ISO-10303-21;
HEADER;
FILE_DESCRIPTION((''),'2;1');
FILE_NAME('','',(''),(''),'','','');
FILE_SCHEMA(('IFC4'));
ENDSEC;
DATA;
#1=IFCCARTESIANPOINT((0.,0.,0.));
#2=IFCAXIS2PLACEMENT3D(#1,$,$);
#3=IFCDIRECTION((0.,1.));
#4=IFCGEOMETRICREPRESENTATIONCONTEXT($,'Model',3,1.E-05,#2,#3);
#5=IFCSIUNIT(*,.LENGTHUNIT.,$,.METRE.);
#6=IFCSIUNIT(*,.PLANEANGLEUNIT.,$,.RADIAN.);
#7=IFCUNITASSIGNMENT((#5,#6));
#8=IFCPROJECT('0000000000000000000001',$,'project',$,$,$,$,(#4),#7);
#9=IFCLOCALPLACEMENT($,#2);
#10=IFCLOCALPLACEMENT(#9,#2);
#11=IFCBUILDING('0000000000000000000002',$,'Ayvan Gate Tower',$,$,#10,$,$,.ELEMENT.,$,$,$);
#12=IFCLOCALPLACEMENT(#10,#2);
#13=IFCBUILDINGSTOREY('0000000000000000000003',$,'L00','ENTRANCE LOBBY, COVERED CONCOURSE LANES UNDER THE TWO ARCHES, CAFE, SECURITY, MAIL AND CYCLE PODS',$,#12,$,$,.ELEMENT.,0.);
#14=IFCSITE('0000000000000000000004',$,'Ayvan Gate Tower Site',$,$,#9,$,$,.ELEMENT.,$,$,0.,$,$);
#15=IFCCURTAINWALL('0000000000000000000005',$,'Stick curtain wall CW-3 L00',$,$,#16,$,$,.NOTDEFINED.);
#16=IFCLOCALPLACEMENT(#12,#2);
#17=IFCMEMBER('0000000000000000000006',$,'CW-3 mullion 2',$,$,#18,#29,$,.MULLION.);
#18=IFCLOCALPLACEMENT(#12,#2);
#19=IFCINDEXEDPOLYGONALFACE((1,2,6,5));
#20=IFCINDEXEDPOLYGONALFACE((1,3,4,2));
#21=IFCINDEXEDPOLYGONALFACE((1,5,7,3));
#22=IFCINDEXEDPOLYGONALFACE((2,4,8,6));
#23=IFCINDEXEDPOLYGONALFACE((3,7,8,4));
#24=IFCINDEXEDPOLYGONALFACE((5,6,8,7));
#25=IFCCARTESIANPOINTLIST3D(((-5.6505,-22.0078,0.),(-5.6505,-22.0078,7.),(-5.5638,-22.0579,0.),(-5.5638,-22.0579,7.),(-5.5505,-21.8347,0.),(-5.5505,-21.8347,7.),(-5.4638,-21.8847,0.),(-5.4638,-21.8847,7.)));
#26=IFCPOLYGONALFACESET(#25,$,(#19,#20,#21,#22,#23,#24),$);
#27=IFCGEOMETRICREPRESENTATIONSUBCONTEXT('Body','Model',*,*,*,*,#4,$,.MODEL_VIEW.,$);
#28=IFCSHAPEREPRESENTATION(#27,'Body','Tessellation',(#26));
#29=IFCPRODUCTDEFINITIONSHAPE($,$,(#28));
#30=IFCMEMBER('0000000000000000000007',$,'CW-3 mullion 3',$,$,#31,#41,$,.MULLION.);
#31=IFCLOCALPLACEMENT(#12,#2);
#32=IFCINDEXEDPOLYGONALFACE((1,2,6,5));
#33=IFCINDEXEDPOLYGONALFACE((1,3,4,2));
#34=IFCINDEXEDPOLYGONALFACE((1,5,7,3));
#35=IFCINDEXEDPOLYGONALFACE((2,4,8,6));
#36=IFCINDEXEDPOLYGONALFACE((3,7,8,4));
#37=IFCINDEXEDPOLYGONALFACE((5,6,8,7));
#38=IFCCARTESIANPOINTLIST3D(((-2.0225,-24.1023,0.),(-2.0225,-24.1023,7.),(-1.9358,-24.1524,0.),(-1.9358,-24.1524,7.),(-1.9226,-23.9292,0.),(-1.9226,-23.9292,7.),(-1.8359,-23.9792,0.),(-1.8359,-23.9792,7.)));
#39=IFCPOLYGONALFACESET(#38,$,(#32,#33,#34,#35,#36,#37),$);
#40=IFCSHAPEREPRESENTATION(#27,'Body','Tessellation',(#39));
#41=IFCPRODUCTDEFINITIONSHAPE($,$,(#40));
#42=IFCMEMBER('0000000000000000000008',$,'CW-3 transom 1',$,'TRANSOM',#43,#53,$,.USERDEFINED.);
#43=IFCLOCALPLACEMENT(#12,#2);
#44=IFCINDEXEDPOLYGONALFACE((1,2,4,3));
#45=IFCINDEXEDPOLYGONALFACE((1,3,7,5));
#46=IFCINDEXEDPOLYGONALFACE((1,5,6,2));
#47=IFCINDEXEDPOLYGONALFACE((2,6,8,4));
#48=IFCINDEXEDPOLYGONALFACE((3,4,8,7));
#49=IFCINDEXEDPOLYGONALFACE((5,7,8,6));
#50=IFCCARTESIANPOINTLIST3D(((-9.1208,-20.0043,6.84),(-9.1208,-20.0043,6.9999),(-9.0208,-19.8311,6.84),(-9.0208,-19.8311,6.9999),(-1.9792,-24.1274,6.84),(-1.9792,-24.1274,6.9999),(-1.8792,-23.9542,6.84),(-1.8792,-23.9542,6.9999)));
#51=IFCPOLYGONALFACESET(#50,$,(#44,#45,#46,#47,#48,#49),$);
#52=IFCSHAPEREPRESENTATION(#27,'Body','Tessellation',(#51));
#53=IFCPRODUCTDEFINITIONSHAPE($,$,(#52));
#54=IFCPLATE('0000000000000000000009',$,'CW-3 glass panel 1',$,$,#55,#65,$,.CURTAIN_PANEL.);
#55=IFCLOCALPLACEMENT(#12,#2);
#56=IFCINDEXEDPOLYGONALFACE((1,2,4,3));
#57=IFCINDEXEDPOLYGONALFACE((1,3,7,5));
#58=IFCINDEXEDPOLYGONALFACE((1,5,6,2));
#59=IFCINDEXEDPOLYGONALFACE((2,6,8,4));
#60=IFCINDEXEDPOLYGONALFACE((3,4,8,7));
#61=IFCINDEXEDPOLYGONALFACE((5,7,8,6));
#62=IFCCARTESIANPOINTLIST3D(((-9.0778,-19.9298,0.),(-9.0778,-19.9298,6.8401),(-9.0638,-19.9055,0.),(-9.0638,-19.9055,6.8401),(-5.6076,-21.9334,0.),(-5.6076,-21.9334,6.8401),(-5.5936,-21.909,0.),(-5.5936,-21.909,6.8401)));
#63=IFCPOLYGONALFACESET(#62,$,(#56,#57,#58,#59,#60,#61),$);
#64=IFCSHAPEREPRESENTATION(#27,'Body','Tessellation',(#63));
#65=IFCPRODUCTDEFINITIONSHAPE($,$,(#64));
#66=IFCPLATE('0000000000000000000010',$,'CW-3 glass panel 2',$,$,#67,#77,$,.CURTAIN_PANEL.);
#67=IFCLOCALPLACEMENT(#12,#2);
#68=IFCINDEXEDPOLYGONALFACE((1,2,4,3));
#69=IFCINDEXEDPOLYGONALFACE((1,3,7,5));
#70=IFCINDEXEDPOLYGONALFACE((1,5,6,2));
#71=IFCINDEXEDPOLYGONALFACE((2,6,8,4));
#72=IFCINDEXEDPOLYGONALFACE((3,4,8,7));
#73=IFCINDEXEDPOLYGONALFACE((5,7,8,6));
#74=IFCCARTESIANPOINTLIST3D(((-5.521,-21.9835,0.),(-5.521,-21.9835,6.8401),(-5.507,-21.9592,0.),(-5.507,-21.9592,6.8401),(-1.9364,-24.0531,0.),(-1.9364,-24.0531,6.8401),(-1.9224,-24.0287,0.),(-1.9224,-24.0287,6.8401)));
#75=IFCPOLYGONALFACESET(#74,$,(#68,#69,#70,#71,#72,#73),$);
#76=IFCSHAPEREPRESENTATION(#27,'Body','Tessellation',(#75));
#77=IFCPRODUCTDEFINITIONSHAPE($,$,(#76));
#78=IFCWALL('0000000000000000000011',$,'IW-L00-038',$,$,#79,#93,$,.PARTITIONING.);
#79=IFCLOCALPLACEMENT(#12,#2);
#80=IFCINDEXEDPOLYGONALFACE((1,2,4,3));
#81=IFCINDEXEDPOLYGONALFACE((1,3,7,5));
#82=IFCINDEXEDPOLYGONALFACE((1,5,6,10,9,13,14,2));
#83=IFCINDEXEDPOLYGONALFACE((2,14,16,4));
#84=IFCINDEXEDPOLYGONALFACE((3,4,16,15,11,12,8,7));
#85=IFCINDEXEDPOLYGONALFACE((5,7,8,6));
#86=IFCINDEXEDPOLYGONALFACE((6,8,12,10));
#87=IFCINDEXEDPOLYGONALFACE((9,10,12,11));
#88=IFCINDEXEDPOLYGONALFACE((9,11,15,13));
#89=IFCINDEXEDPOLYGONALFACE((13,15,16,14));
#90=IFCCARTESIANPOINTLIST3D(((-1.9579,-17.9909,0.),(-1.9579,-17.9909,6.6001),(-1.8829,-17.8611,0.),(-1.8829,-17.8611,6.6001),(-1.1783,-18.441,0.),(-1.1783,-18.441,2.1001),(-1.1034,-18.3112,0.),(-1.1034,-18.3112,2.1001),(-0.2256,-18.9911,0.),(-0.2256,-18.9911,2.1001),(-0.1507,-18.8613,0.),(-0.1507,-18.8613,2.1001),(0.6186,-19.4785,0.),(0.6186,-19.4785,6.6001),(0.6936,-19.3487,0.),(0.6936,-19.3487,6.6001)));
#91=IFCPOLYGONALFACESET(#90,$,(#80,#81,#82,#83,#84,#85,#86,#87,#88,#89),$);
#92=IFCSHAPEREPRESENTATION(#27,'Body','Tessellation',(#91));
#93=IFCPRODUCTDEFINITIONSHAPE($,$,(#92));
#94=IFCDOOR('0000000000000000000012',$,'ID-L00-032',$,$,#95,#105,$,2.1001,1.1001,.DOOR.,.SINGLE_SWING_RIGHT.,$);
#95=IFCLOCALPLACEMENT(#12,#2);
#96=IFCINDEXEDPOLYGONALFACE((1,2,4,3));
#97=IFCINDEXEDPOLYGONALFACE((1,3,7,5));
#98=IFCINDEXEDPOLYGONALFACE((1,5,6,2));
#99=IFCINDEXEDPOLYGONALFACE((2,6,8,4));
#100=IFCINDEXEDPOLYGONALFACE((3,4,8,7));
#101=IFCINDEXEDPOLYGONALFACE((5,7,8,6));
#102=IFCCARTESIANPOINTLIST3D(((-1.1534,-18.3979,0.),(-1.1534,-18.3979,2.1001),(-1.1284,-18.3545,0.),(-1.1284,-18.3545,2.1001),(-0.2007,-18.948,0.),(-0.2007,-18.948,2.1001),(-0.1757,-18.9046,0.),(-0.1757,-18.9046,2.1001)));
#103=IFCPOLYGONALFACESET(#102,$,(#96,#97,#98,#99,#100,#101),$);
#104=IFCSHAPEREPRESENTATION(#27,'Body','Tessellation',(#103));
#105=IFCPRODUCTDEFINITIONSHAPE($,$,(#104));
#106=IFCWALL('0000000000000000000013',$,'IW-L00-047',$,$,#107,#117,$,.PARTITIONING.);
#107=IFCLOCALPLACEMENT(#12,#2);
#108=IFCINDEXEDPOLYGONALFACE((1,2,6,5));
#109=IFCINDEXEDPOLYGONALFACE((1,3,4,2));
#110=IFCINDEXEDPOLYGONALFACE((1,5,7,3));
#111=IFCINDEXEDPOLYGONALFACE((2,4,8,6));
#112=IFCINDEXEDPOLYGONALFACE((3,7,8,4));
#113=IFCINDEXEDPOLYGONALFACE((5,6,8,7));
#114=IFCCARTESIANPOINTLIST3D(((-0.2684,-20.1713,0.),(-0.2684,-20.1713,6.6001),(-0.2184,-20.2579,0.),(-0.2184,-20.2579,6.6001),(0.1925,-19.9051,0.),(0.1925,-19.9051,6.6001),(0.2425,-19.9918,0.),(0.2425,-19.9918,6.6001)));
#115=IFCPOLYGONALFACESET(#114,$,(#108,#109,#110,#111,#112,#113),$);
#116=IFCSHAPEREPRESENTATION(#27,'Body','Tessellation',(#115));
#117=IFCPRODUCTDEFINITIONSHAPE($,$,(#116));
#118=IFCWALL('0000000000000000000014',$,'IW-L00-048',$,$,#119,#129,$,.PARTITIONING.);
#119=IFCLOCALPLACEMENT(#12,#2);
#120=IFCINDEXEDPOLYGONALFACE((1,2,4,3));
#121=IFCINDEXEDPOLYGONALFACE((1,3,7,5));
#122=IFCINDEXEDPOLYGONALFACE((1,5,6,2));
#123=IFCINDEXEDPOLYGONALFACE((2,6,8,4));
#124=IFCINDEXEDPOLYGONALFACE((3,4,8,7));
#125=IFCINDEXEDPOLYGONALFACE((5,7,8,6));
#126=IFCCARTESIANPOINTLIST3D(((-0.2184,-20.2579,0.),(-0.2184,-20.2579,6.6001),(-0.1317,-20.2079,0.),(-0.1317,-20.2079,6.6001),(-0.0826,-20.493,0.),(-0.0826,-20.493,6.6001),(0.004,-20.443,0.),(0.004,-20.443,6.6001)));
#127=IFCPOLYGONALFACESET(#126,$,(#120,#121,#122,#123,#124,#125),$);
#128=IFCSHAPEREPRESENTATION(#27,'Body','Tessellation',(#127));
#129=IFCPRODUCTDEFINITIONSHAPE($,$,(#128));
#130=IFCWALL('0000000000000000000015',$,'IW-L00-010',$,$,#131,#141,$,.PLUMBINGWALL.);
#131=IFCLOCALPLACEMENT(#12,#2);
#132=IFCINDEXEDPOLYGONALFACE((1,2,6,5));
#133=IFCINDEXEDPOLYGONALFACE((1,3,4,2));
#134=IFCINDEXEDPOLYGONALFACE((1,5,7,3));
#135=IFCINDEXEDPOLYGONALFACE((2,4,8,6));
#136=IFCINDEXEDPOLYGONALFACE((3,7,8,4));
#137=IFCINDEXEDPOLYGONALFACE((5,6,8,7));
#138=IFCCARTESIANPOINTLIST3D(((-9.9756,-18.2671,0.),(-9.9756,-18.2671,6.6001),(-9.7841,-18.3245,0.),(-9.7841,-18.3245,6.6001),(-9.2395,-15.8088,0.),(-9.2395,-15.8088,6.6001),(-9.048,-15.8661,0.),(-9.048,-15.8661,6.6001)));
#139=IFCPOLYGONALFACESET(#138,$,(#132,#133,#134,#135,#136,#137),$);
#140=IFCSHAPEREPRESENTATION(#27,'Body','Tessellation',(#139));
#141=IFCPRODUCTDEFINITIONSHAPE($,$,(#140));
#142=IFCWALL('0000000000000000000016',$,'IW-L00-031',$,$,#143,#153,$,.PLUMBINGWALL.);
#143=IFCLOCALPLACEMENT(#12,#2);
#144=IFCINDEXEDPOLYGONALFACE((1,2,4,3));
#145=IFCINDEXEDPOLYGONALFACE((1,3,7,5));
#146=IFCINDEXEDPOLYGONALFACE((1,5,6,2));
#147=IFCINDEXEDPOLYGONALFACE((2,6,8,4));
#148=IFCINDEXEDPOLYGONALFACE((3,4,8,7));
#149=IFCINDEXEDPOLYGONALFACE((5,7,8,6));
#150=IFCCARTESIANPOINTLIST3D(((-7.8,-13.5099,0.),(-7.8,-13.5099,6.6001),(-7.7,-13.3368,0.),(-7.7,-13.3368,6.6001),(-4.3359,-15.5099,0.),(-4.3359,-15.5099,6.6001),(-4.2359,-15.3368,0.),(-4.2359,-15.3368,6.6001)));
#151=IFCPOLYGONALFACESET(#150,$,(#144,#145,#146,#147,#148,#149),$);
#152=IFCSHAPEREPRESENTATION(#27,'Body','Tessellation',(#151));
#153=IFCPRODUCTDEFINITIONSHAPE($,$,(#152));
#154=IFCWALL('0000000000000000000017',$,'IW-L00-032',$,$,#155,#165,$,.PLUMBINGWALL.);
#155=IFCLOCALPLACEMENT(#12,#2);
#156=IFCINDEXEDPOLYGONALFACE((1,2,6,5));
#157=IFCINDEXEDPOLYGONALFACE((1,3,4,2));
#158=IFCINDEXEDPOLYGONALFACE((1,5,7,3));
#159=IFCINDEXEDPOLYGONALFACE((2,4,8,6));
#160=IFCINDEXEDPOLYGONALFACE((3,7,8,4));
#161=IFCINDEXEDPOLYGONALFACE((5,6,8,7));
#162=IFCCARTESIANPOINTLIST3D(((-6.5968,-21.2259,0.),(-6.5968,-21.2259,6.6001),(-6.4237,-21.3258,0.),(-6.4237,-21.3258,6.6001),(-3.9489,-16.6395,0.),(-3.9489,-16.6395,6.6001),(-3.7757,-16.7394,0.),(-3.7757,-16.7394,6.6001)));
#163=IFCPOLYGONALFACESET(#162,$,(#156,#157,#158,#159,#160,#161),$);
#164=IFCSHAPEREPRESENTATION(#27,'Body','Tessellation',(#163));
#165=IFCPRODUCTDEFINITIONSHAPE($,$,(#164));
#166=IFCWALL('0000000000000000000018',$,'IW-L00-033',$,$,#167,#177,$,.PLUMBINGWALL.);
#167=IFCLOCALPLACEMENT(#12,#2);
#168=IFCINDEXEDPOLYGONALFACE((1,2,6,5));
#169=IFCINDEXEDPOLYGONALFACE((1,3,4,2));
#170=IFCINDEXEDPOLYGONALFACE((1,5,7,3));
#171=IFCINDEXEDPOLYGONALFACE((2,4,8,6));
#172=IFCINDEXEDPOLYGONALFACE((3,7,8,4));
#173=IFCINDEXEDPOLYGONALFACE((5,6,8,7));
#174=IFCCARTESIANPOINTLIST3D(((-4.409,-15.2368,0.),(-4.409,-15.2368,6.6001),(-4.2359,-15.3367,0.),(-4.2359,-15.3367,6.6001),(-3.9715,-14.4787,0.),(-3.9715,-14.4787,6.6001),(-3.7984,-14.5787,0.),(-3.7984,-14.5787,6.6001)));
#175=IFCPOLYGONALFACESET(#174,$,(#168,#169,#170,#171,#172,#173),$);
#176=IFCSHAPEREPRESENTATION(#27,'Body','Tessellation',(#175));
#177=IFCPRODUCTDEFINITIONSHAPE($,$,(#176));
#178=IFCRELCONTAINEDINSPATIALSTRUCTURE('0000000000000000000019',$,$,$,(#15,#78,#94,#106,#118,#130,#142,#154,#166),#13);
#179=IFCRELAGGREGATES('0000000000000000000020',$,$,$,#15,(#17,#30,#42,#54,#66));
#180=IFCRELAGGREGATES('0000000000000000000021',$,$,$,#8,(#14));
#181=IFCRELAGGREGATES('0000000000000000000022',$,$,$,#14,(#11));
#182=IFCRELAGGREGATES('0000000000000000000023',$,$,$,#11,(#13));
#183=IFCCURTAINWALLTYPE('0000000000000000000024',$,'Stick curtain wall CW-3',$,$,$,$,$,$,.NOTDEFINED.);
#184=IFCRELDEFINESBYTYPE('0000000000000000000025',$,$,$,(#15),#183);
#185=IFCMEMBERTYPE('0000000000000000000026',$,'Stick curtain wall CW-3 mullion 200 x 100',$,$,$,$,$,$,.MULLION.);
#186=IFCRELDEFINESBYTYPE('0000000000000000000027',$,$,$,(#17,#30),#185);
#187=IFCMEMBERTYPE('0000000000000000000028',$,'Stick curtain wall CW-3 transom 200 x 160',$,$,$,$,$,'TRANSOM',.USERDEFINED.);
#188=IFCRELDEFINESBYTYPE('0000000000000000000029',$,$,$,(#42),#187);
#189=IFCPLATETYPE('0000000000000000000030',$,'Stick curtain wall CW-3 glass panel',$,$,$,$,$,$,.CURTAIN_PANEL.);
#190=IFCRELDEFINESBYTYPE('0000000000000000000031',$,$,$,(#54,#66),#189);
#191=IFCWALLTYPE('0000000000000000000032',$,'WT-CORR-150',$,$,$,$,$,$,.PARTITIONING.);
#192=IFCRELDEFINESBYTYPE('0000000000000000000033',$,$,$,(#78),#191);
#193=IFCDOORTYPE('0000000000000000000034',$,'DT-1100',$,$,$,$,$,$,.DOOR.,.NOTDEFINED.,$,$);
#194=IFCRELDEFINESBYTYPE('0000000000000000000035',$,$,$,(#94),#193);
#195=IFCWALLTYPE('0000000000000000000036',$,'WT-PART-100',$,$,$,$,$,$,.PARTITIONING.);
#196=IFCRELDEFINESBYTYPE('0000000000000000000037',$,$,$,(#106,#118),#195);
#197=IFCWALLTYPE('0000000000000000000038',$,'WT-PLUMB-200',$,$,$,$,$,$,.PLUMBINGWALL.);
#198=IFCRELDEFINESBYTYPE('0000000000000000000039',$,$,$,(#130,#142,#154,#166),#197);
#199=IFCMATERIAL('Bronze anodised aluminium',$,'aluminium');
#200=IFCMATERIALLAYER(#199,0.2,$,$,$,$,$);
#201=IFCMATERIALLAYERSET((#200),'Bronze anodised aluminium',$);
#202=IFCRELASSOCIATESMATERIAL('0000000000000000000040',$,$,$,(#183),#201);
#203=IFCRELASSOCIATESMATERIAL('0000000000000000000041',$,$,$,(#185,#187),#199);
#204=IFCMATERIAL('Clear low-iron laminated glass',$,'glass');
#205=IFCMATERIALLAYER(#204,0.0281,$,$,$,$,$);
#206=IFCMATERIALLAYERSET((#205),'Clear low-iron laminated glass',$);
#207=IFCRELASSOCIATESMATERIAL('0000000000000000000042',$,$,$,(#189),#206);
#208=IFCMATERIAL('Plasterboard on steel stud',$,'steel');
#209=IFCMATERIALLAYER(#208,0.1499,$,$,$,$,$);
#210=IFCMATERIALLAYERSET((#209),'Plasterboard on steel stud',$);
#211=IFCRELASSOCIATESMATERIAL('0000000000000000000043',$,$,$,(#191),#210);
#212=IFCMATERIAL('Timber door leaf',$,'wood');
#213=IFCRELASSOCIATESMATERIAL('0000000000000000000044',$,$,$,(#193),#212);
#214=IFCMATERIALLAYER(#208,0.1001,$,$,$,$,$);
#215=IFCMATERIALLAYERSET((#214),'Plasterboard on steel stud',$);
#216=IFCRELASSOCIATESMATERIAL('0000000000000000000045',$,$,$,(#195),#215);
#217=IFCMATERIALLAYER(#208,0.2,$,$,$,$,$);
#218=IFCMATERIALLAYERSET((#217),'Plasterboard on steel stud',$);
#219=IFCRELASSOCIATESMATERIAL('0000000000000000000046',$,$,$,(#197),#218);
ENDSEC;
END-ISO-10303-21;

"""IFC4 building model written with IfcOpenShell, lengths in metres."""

from ifc_helpers import new_model, si_unit, direction, frame, frame_2d, origin, origin_2d, place, context, subcontext, project, spatial, rectangle, extrude, material, layer, layer_set, material_profile, profile_set, type_object, element, fill, aggregate, save


model = new_model("IFC4")

# Units and contexts
model_context = context("Model", 3, precision=1e-05, world=origin(), true_north=direction((0.0, 1.0)))
body_context = subcontext(model_context, "Body", "Model", "MODEL_VIEW")
ifc_project = project(units=[si_unit("LENGTHUNIT", "METRE"), si_unit("PLANEANGLEUNIT", "RADIAN")], contexts=[model_context])

# Site, building, storey
site_placement = place(None, origin())
site = spatial("IfcSite", under=ifc_project, at=site_placement, Name="Ayvan Gate Tower Site", CompositionType="ELEMENT", RefElevation=0.0)
building_placement = place(site_placement, origin())
building = spatial("IfcBuilding", under=site, at=building_placement, Name="Ayvan Gate Tower", CompositionType="ELEMENT")
storey_placement = place(building_placement, origin())
storey = spatial("IfcBuildingStorey", under=building, at=storey_placement, Name="L00", Description="ENTRANCE LOBBY, COVERED CONCOURSE LANES UNDER THE TWO ARCHES, CAFE, SECURITY, MAIL AND CYCLE PODS", CompositionType="ELEMENT", Elevation=0.0)

# Curtain wall, members, plates
ifc_material_1 = material(Name="Bronze anodised aluminium", Category="aluminium")
ifc_layer_1 = layer(ifc_material_1, 0.2)
ifc_layer_set_1 = layer_set([ifc_layer_1], Name="Bronze anodised aluminium")
curtain_wall_type = type_object("IfcCurtainWallType", Name="Stick curtain wall CW-3", PredefinedType="NOTDEFINED", material=ifc_layer_set_1)
curtain_wall_placement = place(storey_placement, origin())
curtain_wall = element("IfcCurtainWall", 1, at=curtain_wall_placement, inside=storey, type_object=curtain_wall_type, Name="Stick curtain wall CW-3 L00", PredefinedType="NOTDEFINED")
ifc_material_profile_1 = material_profile(ifc_material_1, rectangle(XDim=0.2, YDim=0.1001, at=origin_2d()), Name="Stick curtain wall CW-3 mullion 200 x 100")
ifc_profile_set_1 = profile_set([ifc_material_profile_1], Name="Bronze anodised aluminium")
member_type_1 = type_object("IfcMemberType", Name="Stick curtain wall CW-3 mullion 200 x 100", PredefinedType="MULLION", material=ifc_profile_set_1)
member_1_placement = place(storey_placement, frame((-5.5571, -21.9463, 0.0), z_axis=(0.0, 0.0, 1.0), x_axis=(-0.5, -0.866025, 0.0)))
member_1 = element("IfcMember", 2, at=member_1_placement, type_object=member_type_1, Name="CW-3 mullion 2", PredefinedType="MULLION", context=body_context, shape_type="SweptSolid", body=[
    extrude(rectangle(XDim=0.2, YDim=0.1001, at=origin_2d()), origin(), (0.0, 0.0, 1.0), 7.0),
])
member_2_placement = place(storey_placement, frame((-1.9292, -24.0408, 0.0), z_axis=(0.0, 0.0, 1.0), x_axis=(-0.5, -0.866025, 0.0)))
member_2 = element("IfcMember", 3, at=member_2_placement, type_object=member_type_1, Name="CW-3 mullion 3", PredefinedType="MULLION", context=body_context, shape_type="SweptSolid", body=[
    extrude(rectangle(XDim=0.2, YDim=0.1001, at=origin_2d()), origin(), (0.0, 0.0, 1.0), 7.0),
])
ifc_material_profile_2 = material_profile(ifc_material_1, rectangle(XDim=0.2, YDim=0.1599, at=origin_2d()), Name="Stick curtain wall CW-3 transom 200 x 160")
ifc_profile_set_2 = profile_set([ifc_material_profile_2], Name="Bronze anodised aluminium")
member_type_2 = type_object("IfcMemberType", Name="Stick curtain wall CW-3 transom 200 x 160", ElementType="TRANSOM", PredefinedType="USERDEFINED", material=ifc_profile_set_2)
member_3_placement = place(storey_placement, frame((-9.0708, -19.9177, 6.9199), z_axis=(0.866034, -0.499986, 0.0), x_axis=(0.499986, 0.866034, 0.0)))
member_3 = element("IfcMember", 4, at=member_3_placement, type_object=member_type_2, Name="CW-3 transom 1", ObjectType="TRANSOM", PredefinedType="USERDEFINED", context=body_context, shape_type="SweptSolid", body=[
    extrude(rectangle(XDim=0.2, YDim=0.1599, at=origin_2d()), origin(), (0.0, 0.0, 1.0), 8.2463),
])
ifc_material_2 = material(Name="Clear low-iron laminated glass", Category="glass")
ifc_layer_2 = layer(ifc_material_2, 0.0281)
ifc_layer_set_2 = layer_set([ifc_layer_2], Name="Clear low-iron laminated glass")
plate_type = type_object("IfcPlateType", Name="Stick curtain wall CW-3 glass panel", PredefinedType="CURTAIN_PANEL", material=ifc_layer_set_2)
plate_1_placement = place(storey_placement, frame((-7.3357, -20.9194, 0.0), z_axis=(0.0, 0.0, 1.0), x_axis=(0.866025, -0.5, 0.0)))
plate_1 = element("IfcPlate", 5, at=plate_1_placement, type_object=plate_type, Name="CW-3 glass panel 1", PredefinedType="CURTAIN_PANEL", context=body_context, shape_type="SweptSolid", body=[
    extrude(rectangle(XDim=4.0071, YDim=0.0281, at=origin_2d()), origin(), (0.0, 0.0, 1.0), 6.8401),
])
plate_2_placement = place(storey_placement, frame((-3.7217, -23.0061, 0.0), z_axis=(0.0, 0.0, 1.0), x_axis=(0.866025, -0.5, 0.0)))
plate_2 = element("IfcPlate", 6, at=plate_2_placement, type_object=plate_type, Name="CW-3 glass panel 2", PredefinedType="CURTAIN_PANEL", context=body_context, shape_type="SweptSolid", body=[
    extrude(rectangle(XDim=4.1392, YDim=0.0281, at=origin_2d()), origin(), (0.0, 0.0, 1.0), 6.8401),
])
aggregate(curtain_wall, [member_1, member_2, member_3, plate_1, plate_2])

# Wall, opening, door
ifc_material_3 = material(Name="Plasterboard on steel stud", Category="steel")
ifc_layer_3 = layer(ifc_material_3, 0.1499)
ifc_layer_set_3 = layer_set([ifc_layer_3], Name="Plasterboard on steel stud")
wall_type_1 = type_object("IfcWallType", Name="WT-CORR-150", PredefinedType="PARTITIONING", material=ifc_layer_set_3)
wall_1_placement = place(storey_placement, frame((-1.9204, -17.926, 0.0), z_axis=(0.0, 0.0, 1.0), x_axis=(0.866017, -0.500014, 0.0)))
wall_1 = element("IfcWall", 7, at=wall_1_placement, inside=storey, type_object=wall_type_1, Name="IW-L00-038", PredefinedType="PARTITIONING", context=body_context, shape_type="SweptSolid", body=[
    extrude(rectangle(XDim=2.9751, YDim=0.1499, at=frame_2d((1.4875, 0.0))), origin(), (0.0, 0.0, 1.0), 6.6001),
])
opening_placement = place(wall_1_placement, frame((0.9001, 0.0, 0.0)))
opening = element("IfcOpeningElement", 8, at=opening_placement, cuts=wall_1, PredefinedType="OPENING", context=body_context, shape_type="SweptSolid", body=[
    extrude(rectangle(XDim=1.1001, YDim=2.1001, at=frame_2d((0.55, 1.05))), frame((0.0, 0.085, 0.0), z_axis=(0.0, -1.0, 0.0), x_axis=(1.0, 0.0, 0.0)), (0.0, 0.0, 1.0), 0.1699),
])
ifc_material_4 = material(Name="Timber door leaf", Category="wood")
door_type = type_object("IfcDoorType", Name="DT-1100", OperationType="NOTDEFINED", PredefinedType="DOOR", material=ifc_material_4)
door_placement = place(opening_placement, origin())
door = element("IfcDoor", 9, at=door_placement, inside=storey, type_object=door_type, Name="ID-L00-032", OperationType="SINGLE_SWING_RIGHT", OverallHeight=2.1001, OverallWidth=1.1001, PredefinedType="DOOR", context=body_context, shape_type="SweptSolid", body=[
    extrude(rectangle(XDim=1.1001, YDim=2.1001, at=frame_2d((0.55, 1.05))), frame((0.0, 0.0249, 0.0), z_axis=(0.0, -1.0, 0.0), x_axis=(1.0, 0.0, 0.0)), (0.0, 0.0, 1.0), 0.05),
])
fill(opening, door)

# Walls
ifc_layer_4 = layer(ifc_material_3, 0.1001)
ifc_layer_set_4 = layer_set([ifc_layer_4], Name="Plasterboard on steel stud")
wall_type_2 = type_object("IfcWallType", Name="WT-PART-100", PredefinedType="PARTITIONING", material=ifc_layer_set_4)
wall_2_placement = place(storey_placement, frame((-0.2434, -20.2146, 0.0), z_axis=(0.0, 0.0, 1.0), x_axis=(0.866033, 0.499987, 0.0)))
element("IfcWall", 10, at=wall_2_placement, inside=storey, type_object=wall_type_2, Name="IW-L00-047", PredefinedType="PARTITIONING", context=body_context, shape_type="SweptSolid", body=[
    extrude(rectangle(XDim=0.5322, YDim=0.1001, at=frame_2d((0.2661, 0.0))), origin(), (0.0, 0.0, 1.0), 6.6001),
])
wall_3_placement = place(storey_placement, frame((-0.0393, -20.468, 0.0), z_axis=(0.0, 0.0, 1.0), x_axis=(-0.500008, 0.866021, 0.0)))
element("IfcWall", 11, at=wall_3_placement, inside=storey, type_object=wall_type_2, Name="IW-L00-048", PredefinedType="PARTITIONING", context=body_context, shape_type="SweptSolid", body=[
    extrude(rectangle(XDim=0.2715, YDim=0.1001, at=frame_2d((0.1357, 0.0))), origin(), (0.0, 0.0, 1.0), 6.6001),
])
ifc_layer_5 = layer(ifc_material_3, 0.2)
ifc_layer_set_5 = layer_set([ifc_layer_5], Name="Plasterboard on steel stud")
wall_type_3 = type_object("IfcWallType", Name="WT-PLUMB-200", PredefinedType="PLUMBINGWALL", material=ifc_layer_set_5)
wall_4_placement = place(storey_placement, frame((-9.8799, -18.2959, 0.0), z_axis=(0.0, 0.0, 1.0), x_axis=(0.28685, 0.957975, 0.0)))
element("IfcWall", 12, at=wall_4_placement, inside=storey, type_object=wall_type_3, Name="IW-L00-010", PredefinedType="PLUMBINGWALL", context=body_context, shape_type="SweptSolid", body=[
    extrude(rectangle(XDim=2.5662, YDim=0.2, at=frame_2d((1.2832, 0.0))), origin(), (0.0, 0.0, 1.0), 6.6001),
])
wall_5_placement = place(storey_placement, frame((-4.2859, -15.4233, 0.0), z_axis=(0.0, 0.0, 1.0), x_axis=(-0.866026, 0.499999, 0.0)))
element("IfcWall", 13, at=wall_5_placement, inside=storey, type_object=wall_type_3, Name="IW-L00-031", PredefinedType="PLUMBINGWALL", context=body_context, shape_type="SweptSolid", body=[
    extrude(rectangle(XDim=4.0, YDim=0.2, at=frame_2d((2.0, 0.0))), origin(), (0.0, 0.0, 1.0), 6.6001),
])
wall_6_placement = place(storey_placement, frame((-3.8623, -16.6895, 0.0), z_axis=(0.0, 0.0, 1.0), x_axis=(-0.499996, -0.866027, 0.0)))
element("IfcWall", 14, at=wall_6_placement, inside=storey, type_object=wall_type_3, Name="IW-L00-032", PredefinedType="PLUMBINGWALL", context=body_context, shape_type="SweptSolid", body=[
    extrude(rectangle(XDim=5.2959, YDim=0.2, at=frame_2d((2.6479, 0.0))), origin(), (0.0, 0.0, 1.0), 6.6001),
])
wall_7_placement = place(storey_placement, frame((-3.885, -14.5288, 0.0), z_axis=(0.0, 0.0, 1.0), x_axis=(-0.499859, -0.866107, 0.0)))
element("IfcWall", 15, at=wall_7_placement, inside=storey, type_object=wall_type_3, Name="IW-L00-033", PredefinedType="PLUMBINGWALL", context=body_context, shape_type="SweptSolid", body=[
    extrude(rectangle(XDim=0.8752, YDim=0.2, at=frame_2d((0.4375, 0.0))), origin(), (0.0, 0.0, 1.0), 6.6001),
])

save(model, "model.ifc")
